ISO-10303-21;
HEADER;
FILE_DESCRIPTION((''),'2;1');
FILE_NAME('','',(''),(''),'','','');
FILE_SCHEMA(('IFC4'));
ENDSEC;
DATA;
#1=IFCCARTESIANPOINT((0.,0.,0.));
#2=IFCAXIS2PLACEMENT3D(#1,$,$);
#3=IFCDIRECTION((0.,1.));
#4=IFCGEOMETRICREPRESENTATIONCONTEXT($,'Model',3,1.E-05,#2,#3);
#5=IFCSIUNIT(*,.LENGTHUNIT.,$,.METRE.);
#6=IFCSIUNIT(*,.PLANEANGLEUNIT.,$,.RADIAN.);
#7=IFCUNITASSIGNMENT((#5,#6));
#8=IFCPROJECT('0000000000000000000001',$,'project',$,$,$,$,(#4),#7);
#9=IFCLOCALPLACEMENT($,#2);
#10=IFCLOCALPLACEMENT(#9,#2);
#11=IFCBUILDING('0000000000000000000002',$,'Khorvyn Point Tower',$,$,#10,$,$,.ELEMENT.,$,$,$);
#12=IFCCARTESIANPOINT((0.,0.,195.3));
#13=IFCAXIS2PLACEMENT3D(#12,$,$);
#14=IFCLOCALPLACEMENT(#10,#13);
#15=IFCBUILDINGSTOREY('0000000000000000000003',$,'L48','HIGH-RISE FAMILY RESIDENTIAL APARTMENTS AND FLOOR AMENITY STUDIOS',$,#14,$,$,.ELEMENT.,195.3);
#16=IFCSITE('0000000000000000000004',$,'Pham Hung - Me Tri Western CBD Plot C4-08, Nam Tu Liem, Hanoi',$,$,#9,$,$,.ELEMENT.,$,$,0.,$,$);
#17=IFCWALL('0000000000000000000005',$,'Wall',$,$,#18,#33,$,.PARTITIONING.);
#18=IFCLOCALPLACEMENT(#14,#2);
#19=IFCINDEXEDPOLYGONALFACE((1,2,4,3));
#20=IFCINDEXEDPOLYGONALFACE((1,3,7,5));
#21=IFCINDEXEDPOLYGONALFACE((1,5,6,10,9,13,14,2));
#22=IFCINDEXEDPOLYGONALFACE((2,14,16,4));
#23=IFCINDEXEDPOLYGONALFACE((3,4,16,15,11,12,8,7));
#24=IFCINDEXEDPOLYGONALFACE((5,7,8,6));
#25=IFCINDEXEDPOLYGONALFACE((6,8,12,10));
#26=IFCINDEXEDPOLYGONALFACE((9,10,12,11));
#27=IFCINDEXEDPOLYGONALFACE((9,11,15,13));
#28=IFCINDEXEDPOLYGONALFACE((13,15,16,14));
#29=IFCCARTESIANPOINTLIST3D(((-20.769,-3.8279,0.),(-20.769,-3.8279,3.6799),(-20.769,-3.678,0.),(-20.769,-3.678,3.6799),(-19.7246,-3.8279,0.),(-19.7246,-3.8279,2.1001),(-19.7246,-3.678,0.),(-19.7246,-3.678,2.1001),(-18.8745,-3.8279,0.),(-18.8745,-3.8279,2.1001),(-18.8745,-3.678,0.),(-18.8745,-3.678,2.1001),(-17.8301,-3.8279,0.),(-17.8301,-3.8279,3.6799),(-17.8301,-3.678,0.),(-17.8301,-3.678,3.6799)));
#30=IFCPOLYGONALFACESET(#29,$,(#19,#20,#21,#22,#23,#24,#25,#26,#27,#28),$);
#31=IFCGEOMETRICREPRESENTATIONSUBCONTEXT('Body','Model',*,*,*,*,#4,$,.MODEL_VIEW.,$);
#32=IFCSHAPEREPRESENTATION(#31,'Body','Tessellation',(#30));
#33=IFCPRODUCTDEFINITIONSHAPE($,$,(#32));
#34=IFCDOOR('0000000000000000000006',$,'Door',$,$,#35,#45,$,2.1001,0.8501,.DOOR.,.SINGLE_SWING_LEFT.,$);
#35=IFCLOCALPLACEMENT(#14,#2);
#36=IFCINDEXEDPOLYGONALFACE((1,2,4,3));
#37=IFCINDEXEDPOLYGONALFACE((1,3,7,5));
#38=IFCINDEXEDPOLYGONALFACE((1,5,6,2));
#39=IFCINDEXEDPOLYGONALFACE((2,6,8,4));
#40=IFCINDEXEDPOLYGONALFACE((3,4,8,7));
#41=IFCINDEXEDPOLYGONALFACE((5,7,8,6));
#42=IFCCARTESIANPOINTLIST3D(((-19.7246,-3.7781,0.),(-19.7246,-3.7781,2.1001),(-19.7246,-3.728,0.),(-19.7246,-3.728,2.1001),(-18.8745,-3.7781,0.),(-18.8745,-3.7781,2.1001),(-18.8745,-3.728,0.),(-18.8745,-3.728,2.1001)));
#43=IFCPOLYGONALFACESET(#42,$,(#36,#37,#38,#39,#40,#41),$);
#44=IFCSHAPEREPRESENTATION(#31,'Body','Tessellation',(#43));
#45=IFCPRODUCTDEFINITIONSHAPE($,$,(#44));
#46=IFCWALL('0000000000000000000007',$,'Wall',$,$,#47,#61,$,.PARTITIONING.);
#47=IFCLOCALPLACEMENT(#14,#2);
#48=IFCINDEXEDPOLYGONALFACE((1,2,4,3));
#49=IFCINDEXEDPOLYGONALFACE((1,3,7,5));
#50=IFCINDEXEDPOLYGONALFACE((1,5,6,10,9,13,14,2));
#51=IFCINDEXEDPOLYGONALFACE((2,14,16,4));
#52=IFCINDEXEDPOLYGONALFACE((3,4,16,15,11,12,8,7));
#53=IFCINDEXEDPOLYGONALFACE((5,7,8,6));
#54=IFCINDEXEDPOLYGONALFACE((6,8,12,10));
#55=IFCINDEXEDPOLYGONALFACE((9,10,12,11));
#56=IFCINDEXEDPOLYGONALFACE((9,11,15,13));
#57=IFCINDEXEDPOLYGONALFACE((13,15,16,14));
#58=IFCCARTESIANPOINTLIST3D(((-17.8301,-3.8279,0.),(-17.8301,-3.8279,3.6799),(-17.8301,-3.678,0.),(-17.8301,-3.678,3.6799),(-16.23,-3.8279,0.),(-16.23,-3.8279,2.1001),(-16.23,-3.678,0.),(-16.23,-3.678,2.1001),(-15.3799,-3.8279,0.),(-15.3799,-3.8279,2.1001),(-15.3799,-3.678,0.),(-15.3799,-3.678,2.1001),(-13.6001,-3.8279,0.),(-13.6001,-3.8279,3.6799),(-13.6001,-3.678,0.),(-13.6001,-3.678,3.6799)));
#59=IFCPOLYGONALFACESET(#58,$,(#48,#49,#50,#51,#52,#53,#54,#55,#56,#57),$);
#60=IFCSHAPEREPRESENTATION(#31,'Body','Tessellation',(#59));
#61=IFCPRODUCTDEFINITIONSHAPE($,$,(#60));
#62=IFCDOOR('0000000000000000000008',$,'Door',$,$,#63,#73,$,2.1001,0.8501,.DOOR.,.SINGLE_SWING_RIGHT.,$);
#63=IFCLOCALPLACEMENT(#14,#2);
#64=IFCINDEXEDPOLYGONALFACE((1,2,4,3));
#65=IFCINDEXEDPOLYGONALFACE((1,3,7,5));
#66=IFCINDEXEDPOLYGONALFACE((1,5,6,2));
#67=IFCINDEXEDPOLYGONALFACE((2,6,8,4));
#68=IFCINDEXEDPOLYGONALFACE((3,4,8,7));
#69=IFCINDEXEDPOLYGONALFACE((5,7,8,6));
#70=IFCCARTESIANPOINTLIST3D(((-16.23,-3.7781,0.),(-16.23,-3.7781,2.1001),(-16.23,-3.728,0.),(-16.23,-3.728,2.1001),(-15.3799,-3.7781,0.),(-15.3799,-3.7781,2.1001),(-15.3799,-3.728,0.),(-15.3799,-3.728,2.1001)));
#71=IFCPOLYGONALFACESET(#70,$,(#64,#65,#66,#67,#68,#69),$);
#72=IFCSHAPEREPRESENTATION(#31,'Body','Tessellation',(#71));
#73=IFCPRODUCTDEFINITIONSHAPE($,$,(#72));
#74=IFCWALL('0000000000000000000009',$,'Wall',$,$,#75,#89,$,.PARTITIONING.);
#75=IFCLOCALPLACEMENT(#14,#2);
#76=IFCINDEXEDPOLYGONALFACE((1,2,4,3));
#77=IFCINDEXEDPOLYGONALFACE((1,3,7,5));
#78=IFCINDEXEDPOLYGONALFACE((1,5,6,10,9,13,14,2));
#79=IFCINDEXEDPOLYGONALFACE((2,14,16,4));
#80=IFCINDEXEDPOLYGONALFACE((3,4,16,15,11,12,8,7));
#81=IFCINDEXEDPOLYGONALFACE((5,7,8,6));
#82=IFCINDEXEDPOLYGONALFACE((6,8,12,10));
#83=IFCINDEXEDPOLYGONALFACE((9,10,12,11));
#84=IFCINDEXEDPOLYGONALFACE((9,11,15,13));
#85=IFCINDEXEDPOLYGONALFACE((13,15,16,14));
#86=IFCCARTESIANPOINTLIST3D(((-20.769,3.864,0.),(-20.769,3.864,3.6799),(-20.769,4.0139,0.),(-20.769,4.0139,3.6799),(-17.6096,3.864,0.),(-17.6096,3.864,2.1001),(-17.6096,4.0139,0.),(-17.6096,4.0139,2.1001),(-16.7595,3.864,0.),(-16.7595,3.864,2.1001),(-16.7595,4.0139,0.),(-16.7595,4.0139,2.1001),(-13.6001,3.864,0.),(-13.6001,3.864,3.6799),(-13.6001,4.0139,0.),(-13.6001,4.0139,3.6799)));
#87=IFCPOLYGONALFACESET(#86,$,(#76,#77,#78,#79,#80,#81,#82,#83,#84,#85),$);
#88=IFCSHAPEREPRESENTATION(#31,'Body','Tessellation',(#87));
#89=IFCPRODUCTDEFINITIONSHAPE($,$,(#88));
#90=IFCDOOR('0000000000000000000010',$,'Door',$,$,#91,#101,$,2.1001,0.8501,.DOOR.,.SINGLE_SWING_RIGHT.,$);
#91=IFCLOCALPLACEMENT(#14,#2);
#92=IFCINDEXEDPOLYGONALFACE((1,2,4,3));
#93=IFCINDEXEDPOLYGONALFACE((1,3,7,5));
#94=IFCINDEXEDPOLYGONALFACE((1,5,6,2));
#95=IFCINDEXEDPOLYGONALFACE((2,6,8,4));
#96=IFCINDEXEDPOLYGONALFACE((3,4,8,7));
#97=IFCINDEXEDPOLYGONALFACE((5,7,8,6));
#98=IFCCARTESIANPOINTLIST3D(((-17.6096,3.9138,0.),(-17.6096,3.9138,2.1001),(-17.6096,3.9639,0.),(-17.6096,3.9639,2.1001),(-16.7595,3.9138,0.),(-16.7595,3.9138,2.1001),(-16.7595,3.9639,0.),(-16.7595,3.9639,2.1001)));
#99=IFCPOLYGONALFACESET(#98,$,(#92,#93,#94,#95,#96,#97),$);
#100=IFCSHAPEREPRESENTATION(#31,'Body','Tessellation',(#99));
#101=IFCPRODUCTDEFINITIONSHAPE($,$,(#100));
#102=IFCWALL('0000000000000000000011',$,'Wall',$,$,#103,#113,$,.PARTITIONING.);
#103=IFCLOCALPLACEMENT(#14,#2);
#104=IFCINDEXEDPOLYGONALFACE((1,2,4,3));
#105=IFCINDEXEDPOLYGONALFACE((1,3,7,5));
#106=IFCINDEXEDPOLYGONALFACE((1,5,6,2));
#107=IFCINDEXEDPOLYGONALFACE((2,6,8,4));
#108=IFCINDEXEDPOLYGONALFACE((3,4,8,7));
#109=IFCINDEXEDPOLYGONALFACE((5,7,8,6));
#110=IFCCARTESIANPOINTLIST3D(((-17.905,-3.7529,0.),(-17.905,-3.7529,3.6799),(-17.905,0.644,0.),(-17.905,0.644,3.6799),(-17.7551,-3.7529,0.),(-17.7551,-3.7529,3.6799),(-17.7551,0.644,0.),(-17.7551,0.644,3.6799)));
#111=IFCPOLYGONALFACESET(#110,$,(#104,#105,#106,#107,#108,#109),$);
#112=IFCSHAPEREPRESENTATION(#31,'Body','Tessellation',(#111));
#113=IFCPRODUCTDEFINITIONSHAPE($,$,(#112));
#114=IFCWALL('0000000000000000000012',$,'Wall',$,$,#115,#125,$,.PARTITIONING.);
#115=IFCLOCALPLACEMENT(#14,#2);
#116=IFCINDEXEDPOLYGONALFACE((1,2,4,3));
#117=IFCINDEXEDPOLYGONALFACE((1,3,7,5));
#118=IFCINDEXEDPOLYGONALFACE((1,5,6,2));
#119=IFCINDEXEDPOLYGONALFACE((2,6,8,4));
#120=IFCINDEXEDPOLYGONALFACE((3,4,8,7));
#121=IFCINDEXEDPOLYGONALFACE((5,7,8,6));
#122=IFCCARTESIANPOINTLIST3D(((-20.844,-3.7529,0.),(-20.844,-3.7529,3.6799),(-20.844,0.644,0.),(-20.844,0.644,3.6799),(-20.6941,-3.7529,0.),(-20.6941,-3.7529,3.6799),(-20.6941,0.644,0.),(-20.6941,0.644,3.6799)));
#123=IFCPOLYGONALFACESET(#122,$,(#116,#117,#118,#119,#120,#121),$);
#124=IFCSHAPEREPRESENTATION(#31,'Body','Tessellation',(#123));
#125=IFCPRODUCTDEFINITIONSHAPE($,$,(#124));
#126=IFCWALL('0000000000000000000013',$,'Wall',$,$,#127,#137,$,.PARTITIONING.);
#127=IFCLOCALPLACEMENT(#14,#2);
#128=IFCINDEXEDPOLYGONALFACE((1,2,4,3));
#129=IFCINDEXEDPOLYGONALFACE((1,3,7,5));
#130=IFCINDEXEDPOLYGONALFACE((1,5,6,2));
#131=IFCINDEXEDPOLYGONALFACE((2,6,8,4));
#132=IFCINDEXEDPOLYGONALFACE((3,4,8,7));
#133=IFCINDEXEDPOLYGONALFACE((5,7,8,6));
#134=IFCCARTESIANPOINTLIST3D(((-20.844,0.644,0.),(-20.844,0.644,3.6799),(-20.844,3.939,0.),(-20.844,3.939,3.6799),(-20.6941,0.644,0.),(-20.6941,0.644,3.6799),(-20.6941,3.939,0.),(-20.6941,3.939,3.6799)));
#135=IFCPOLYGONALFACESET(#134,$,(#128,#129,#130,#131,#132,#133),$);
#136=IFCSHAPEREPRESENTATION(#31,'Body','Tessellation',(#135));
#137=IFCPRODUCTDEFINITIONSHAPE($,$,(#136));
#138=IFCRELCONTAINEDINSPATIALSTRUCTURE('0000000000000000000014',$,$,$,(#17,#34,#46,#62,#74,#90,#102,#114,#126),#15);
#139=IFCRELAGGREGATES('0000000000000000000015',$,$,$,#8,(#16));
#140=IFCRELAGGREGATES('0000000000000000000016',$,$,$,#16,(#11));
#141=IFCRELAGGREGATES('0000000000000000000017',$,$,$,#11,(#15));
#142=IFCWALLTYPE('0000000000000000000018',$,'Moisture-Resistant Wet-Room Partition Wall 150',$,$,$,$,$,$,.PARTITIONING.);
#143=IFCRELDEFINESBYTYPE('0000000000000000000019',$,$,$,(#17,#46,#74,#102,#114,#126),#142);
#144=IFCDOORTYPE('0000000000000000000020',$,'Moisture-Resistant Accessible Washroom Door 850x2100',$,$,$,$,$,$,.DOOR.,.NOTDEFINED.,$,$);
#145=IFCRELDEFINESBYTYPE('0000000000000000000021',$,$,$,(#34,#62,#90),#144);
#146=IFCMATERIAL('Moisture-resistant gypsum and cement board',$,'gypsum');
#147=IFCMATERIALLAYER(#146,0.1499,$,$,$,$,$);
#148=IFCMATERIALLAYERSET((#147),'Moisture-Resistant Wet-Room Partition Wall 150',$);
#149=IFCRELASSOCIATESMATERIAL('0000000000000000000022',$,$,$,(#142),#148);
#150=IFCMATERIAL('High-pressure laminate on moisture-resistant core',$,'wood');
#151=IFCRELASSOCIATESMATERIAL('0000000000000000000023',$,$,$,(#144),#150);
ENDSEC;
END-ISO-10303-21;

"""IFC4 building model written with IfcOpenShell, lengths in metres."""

from ifc_helpers import new_model, si_unit, direction, frame, frame_2d, origin, place, context, subcontext, project, spatial, rectangle, extrude, material, layer, layer_set, type_object, element, fill, save


model = new_model("IFC4")

# Units and contexts
model_context = context("Model", 3, precision=1e-05, world=origin(), true_north=direction((0.0, 1.0)))
body_context = subcontext(model_context, "Body", "Model", "MODEL_VIEW")
ifc_project = project(units=[si_unit("LENGTHUNIT", "METRE"), si_unit("PLANEANGLEUNIT", "RADIAN")], contexts=[model_context])

# Site, building, storey
site_placement = place(None, origin())
site = spatial("IfcSite", under=ifc_project, at=site_placement, Name="Pham Hung - Me Tri Western CBD Plot C4-08, Nam Tu Liem, Hanoi", CompositionType="ELEMENT", RefElevation=0.0)
building_placement = place(site_placement, origin())
building = spatial("IfcBuilding", under=site, at=building_placement, Name="Khorvyn Point Tower", CompositionType="ELEMENT")
storey_placement = place(building_placement, frame((0.0, 0.0, 195.3)))
storey = spatial("IfcBuildingStorey", under=building, at=storey_placement, Name="L48", Description="HIGH-RISE FAMILY RESIDENTIAL APARTMENTS AND FLOOR AMENITY STUDIOS", CompositionType="ELEMENT", Elevation=195.3)

# Walls, openings, doors
ifc_material_1 = material(Name="Moisture-resistant gypsum and cement board", Category="gypsum")
ifc_layer_1 = layer(ifc_material_1, 0.1499)
ifc_layer_set_1 = layer_set([ifc_layer_1], Name="Moisture-Resistant Wet-Room Partition Wall 150")
wall_type_1 = type_object("IfcWallType", Name="Moisture-Resistant Wet-Room Partition Wall 150", PredefinedType="PARTITIONING", material=ifc_layer_set_1)
wall_1_placement = place(storey_placement, frame((-20.769, -3.7529, 0.0), z_axis=(0.0, 0.0, 1.0), x_axis=(1.0, 0.0, 0.0)))
wall_1 = element("IfcWall", 1, at=wall_1_placement, inside=storey, type_object=wall_type_1, Name="Wall", PredefinedType="PARTITIONING", context=body_context, shape_type="SweptSolid", body=[
    extrude(rectangle(XDim=2.939, YDim=0.1499, at=frame_2d((1.4695, 0.0))), origin(), (0.0, 0.0, 1.0), 3.6799),
])
opening_1_placement = place(wall_1_placement, frame((1.0444, 0.0, 0.0)))
opening_1 = element("IfcOpeningElement", 2, at=opening_1_placement, cuts=wall_1, PredefinedType="OPENING", context=body_context, shape_type="SweptSolid", body=[
    extrude(rectangle(XDim=0.8501, YDim=2.1001, at=frame_2d((0.425, 1.05))), frame((0.0, 0.085, 0.0), z_axis=(0.0, -1.0, 0.0), x_axis=(1.0, 0.0, 0.0)), (0.0, 0.0, 1.0), 0.1699),
])
ifc_material_2 = material(Name="High-pressure laminate on moisture-resistant core", Category="wood")
door_type_1 = type_object("IfcDoorType", Name="Moisture-Resistant Accessible Washroom Door 850x2100", OperationType="NOTDEFINED", PredefinedType="DOOR", material=ifc_material_2)
door_1_placement = place(opening_1_placement, origin())
door_1 = element("IfcDoor", 3, at=door_1_placement, inside=storey, type_object=door_type_1, Name="Door", OperationType="SINGLE_SWING_LEFT", OverallHeight=2.1001, OverallWidth=0.8501, PredefinedType="DOOR", context=body_context, shape_type="SweptSolid", body=[
    extrude(rectangle(XDim=0.8501, YDim=2.1001, at=frame_2d((0.425, 1.05))), frame((0.0, 0.0249, 0.0), z_axis=(0.0, -1.0, 0.0), x_axis=(1.0, 0.0, 0.0)), (0.0, 0.0, 1.0), 0.05),
])
fill(opening_1, door_1)
wall_2_placement = place(storey_placement, frame((-17.8301, -3.7529, 0.0), z_axis=(0.0, 0.0, 1.0), x_axis=(1.0, 0.0, 0.0)))
wall_2 = element("IfcWall", 4, at=wall_2_placement, inside=storey, type_object=wall_type_1, Name="Wall", PredefinedType="PARTITIONING", context=body_context, shape_type="SweptSolid", body=[
    extrude(rectangle(XDim=4.23, YDim=0.1499, at=frame_2d((2.115, 0.0))), origin(), (0.0, 0.0, 1.0), 3.6799),
])
opening_2_placement = place(wall_2_placement, frame((1.6001, 0.0, 0.0)))
opening_2 = element("IfcOpeningElement", 5, at=opening_2_placement, cuts=wall_2, PredefinedType="OPENING", context=body_context, shape_type="SweptSolid", body=[
    extrude(rectangle(XDim=0.8501, YDim=2.1001, at=frame_2d((0.425, 1.05))), frame((0.0, 0.085, 0.0), z_axis=(0.0, -1.0, 0.0), x_axis=(1.0, 0.0, 0.0)), (0.0, 0.0, 1.0), 0.1699),
])
door_2_placement = place(opening_2_placement, origin())
door_2 = element("IfcDoor", 6, at=door_2_placement, inside=storey, type_object=door_type_1, Name="Door", OperationType="SINGLE_SWING_RIGHT", OverallHeight=2.1001, OverallWidth=0.8501, PredefinedType="DOOR", context=body_context, shape_type="SweptSolid", body=[
    extrude(rectangle(XDim=0.8501, YDim=2.1001, at=frame_2d((0.425, 1.05))), frame((0.0, 0.0249, 0.0), z_axis=(0.0, -1.0, 0.0), x_axis=(1.0, 0.0, 0.0)), (0.0, 0.0, 1.0), 0.05),
])
fill(opening_2, door_2)
wall_3_placement = place(storey_placement, frame((-20.769, 3.939, 0.0), z_axis=(0.0, 0.0, 1.0), x_axis=(1.0, 0.0, 0.0)))
wall_3 = element("IfcWall", 7, at=wall_3_placement, inside=storey, type_object=wall_type_1, Name="Wall", PredefinedType="PARTITIONING", context=body_context, shape_type="SweptSolid", body=[
    extrude(rectangle(XDim=7.1689, YDim=0.1499, at=frame_2d((3.5845, 0.0))), origin(), (0.0, 0.0, 1.0), 3.6799),
])
opening_3_placement = place(wall_3_placement, frame((3.1594, 0.0, 0.0)))
opening_3 = element("IfcOpeningElement", 8, at=opening_3_placement, cuts=wall_3, PredefinedType="OPENING", context=body_context, shape_type="SweptSolid", body=[
    extrude(rectangle(XDim=0.8501, YDim=2.1001, at=frame_2d((0.425, 1.05))), frame((0.0, 0.085, 0.0), z_axis=(0.0, -1.0, 0.0), x_axis=(1.0, 0.0, 0.0)), (0.0, 0.0, 1.0), 0.1699),
])
door_3_placement = place(opening_3_placement, origin())
door_3 = element("IfcDoor", 9, at=door_3_placement, inside=storey, type_object=door_type_1, Name="Door", OperationType="SINGLE_SWING_RIGHT", OverallHeight=2.1001, OverallWidth=0.8501, PredefinedType="DOOR", context=body_context, shape_type="SweptSolid", body=[
    extrude(rectangle(XDim=0.8501, YDim=2.1001, at=frame_2d((0.425, 1.05))), frame((0.0, 0.0249, 0.0), z_axis=(0.0, -1.0, 0.0), x_axis=(1.0, 0.0, 0.0)), (0.0, 0.0, 1.0), 0.05),
])
fill(opening_3, door_3)

# Walls
for number, where, z_axis, x_axis, name in (
    (10, (-17.8301, -3.7529, 0.0), (0.0, 0.0, 1.0), (0.0, 1.0, 0.0), "Wall"),
    (11, (-20.769, -3.7529, 0.0), (0.0, 0.0, 1.0), (0.0, 1.0, 0.0), "Wall"),
):
    element("IfcWall", number, at=place(storey_placement, frame(where, z_axis=z_axis, x_axis=x_axis)), inside=storey, type_object=wall_type_1, Name=name, PredefinedType="PARTITIONING", context=body_context, shape_type="SweptSolid", body=[
        extrude(rectangle(XDim=4.397, YDim=0.1499, at=frame_2d((2.1985, 0.0))), origin(), (0.0, 0.0, 1.0), 3.6799),
    ])
wall_4_placement = place(storey_placement, frame((-20.769, 0.644, 0.0), z_axis=(0.0, 0.0, 1.0), x_axis=(0.0, 1.0, 0.0)))
element("IfcWall", 12, at=wall_4_placement, inside=storey, type_object=wall_type_1, Name="Wall", PredefinedType="PARTITIONING", context=body_context, shape_type="SweptSolid", body=[
    extrude(rectangle(XDim=3.2949, YDim=0.1499, at=frame_2d((1.6475, 0.0))), origin(), (0.0, 0.0, 1.0), 3.6799),
])

save(model, "model.ifc")
